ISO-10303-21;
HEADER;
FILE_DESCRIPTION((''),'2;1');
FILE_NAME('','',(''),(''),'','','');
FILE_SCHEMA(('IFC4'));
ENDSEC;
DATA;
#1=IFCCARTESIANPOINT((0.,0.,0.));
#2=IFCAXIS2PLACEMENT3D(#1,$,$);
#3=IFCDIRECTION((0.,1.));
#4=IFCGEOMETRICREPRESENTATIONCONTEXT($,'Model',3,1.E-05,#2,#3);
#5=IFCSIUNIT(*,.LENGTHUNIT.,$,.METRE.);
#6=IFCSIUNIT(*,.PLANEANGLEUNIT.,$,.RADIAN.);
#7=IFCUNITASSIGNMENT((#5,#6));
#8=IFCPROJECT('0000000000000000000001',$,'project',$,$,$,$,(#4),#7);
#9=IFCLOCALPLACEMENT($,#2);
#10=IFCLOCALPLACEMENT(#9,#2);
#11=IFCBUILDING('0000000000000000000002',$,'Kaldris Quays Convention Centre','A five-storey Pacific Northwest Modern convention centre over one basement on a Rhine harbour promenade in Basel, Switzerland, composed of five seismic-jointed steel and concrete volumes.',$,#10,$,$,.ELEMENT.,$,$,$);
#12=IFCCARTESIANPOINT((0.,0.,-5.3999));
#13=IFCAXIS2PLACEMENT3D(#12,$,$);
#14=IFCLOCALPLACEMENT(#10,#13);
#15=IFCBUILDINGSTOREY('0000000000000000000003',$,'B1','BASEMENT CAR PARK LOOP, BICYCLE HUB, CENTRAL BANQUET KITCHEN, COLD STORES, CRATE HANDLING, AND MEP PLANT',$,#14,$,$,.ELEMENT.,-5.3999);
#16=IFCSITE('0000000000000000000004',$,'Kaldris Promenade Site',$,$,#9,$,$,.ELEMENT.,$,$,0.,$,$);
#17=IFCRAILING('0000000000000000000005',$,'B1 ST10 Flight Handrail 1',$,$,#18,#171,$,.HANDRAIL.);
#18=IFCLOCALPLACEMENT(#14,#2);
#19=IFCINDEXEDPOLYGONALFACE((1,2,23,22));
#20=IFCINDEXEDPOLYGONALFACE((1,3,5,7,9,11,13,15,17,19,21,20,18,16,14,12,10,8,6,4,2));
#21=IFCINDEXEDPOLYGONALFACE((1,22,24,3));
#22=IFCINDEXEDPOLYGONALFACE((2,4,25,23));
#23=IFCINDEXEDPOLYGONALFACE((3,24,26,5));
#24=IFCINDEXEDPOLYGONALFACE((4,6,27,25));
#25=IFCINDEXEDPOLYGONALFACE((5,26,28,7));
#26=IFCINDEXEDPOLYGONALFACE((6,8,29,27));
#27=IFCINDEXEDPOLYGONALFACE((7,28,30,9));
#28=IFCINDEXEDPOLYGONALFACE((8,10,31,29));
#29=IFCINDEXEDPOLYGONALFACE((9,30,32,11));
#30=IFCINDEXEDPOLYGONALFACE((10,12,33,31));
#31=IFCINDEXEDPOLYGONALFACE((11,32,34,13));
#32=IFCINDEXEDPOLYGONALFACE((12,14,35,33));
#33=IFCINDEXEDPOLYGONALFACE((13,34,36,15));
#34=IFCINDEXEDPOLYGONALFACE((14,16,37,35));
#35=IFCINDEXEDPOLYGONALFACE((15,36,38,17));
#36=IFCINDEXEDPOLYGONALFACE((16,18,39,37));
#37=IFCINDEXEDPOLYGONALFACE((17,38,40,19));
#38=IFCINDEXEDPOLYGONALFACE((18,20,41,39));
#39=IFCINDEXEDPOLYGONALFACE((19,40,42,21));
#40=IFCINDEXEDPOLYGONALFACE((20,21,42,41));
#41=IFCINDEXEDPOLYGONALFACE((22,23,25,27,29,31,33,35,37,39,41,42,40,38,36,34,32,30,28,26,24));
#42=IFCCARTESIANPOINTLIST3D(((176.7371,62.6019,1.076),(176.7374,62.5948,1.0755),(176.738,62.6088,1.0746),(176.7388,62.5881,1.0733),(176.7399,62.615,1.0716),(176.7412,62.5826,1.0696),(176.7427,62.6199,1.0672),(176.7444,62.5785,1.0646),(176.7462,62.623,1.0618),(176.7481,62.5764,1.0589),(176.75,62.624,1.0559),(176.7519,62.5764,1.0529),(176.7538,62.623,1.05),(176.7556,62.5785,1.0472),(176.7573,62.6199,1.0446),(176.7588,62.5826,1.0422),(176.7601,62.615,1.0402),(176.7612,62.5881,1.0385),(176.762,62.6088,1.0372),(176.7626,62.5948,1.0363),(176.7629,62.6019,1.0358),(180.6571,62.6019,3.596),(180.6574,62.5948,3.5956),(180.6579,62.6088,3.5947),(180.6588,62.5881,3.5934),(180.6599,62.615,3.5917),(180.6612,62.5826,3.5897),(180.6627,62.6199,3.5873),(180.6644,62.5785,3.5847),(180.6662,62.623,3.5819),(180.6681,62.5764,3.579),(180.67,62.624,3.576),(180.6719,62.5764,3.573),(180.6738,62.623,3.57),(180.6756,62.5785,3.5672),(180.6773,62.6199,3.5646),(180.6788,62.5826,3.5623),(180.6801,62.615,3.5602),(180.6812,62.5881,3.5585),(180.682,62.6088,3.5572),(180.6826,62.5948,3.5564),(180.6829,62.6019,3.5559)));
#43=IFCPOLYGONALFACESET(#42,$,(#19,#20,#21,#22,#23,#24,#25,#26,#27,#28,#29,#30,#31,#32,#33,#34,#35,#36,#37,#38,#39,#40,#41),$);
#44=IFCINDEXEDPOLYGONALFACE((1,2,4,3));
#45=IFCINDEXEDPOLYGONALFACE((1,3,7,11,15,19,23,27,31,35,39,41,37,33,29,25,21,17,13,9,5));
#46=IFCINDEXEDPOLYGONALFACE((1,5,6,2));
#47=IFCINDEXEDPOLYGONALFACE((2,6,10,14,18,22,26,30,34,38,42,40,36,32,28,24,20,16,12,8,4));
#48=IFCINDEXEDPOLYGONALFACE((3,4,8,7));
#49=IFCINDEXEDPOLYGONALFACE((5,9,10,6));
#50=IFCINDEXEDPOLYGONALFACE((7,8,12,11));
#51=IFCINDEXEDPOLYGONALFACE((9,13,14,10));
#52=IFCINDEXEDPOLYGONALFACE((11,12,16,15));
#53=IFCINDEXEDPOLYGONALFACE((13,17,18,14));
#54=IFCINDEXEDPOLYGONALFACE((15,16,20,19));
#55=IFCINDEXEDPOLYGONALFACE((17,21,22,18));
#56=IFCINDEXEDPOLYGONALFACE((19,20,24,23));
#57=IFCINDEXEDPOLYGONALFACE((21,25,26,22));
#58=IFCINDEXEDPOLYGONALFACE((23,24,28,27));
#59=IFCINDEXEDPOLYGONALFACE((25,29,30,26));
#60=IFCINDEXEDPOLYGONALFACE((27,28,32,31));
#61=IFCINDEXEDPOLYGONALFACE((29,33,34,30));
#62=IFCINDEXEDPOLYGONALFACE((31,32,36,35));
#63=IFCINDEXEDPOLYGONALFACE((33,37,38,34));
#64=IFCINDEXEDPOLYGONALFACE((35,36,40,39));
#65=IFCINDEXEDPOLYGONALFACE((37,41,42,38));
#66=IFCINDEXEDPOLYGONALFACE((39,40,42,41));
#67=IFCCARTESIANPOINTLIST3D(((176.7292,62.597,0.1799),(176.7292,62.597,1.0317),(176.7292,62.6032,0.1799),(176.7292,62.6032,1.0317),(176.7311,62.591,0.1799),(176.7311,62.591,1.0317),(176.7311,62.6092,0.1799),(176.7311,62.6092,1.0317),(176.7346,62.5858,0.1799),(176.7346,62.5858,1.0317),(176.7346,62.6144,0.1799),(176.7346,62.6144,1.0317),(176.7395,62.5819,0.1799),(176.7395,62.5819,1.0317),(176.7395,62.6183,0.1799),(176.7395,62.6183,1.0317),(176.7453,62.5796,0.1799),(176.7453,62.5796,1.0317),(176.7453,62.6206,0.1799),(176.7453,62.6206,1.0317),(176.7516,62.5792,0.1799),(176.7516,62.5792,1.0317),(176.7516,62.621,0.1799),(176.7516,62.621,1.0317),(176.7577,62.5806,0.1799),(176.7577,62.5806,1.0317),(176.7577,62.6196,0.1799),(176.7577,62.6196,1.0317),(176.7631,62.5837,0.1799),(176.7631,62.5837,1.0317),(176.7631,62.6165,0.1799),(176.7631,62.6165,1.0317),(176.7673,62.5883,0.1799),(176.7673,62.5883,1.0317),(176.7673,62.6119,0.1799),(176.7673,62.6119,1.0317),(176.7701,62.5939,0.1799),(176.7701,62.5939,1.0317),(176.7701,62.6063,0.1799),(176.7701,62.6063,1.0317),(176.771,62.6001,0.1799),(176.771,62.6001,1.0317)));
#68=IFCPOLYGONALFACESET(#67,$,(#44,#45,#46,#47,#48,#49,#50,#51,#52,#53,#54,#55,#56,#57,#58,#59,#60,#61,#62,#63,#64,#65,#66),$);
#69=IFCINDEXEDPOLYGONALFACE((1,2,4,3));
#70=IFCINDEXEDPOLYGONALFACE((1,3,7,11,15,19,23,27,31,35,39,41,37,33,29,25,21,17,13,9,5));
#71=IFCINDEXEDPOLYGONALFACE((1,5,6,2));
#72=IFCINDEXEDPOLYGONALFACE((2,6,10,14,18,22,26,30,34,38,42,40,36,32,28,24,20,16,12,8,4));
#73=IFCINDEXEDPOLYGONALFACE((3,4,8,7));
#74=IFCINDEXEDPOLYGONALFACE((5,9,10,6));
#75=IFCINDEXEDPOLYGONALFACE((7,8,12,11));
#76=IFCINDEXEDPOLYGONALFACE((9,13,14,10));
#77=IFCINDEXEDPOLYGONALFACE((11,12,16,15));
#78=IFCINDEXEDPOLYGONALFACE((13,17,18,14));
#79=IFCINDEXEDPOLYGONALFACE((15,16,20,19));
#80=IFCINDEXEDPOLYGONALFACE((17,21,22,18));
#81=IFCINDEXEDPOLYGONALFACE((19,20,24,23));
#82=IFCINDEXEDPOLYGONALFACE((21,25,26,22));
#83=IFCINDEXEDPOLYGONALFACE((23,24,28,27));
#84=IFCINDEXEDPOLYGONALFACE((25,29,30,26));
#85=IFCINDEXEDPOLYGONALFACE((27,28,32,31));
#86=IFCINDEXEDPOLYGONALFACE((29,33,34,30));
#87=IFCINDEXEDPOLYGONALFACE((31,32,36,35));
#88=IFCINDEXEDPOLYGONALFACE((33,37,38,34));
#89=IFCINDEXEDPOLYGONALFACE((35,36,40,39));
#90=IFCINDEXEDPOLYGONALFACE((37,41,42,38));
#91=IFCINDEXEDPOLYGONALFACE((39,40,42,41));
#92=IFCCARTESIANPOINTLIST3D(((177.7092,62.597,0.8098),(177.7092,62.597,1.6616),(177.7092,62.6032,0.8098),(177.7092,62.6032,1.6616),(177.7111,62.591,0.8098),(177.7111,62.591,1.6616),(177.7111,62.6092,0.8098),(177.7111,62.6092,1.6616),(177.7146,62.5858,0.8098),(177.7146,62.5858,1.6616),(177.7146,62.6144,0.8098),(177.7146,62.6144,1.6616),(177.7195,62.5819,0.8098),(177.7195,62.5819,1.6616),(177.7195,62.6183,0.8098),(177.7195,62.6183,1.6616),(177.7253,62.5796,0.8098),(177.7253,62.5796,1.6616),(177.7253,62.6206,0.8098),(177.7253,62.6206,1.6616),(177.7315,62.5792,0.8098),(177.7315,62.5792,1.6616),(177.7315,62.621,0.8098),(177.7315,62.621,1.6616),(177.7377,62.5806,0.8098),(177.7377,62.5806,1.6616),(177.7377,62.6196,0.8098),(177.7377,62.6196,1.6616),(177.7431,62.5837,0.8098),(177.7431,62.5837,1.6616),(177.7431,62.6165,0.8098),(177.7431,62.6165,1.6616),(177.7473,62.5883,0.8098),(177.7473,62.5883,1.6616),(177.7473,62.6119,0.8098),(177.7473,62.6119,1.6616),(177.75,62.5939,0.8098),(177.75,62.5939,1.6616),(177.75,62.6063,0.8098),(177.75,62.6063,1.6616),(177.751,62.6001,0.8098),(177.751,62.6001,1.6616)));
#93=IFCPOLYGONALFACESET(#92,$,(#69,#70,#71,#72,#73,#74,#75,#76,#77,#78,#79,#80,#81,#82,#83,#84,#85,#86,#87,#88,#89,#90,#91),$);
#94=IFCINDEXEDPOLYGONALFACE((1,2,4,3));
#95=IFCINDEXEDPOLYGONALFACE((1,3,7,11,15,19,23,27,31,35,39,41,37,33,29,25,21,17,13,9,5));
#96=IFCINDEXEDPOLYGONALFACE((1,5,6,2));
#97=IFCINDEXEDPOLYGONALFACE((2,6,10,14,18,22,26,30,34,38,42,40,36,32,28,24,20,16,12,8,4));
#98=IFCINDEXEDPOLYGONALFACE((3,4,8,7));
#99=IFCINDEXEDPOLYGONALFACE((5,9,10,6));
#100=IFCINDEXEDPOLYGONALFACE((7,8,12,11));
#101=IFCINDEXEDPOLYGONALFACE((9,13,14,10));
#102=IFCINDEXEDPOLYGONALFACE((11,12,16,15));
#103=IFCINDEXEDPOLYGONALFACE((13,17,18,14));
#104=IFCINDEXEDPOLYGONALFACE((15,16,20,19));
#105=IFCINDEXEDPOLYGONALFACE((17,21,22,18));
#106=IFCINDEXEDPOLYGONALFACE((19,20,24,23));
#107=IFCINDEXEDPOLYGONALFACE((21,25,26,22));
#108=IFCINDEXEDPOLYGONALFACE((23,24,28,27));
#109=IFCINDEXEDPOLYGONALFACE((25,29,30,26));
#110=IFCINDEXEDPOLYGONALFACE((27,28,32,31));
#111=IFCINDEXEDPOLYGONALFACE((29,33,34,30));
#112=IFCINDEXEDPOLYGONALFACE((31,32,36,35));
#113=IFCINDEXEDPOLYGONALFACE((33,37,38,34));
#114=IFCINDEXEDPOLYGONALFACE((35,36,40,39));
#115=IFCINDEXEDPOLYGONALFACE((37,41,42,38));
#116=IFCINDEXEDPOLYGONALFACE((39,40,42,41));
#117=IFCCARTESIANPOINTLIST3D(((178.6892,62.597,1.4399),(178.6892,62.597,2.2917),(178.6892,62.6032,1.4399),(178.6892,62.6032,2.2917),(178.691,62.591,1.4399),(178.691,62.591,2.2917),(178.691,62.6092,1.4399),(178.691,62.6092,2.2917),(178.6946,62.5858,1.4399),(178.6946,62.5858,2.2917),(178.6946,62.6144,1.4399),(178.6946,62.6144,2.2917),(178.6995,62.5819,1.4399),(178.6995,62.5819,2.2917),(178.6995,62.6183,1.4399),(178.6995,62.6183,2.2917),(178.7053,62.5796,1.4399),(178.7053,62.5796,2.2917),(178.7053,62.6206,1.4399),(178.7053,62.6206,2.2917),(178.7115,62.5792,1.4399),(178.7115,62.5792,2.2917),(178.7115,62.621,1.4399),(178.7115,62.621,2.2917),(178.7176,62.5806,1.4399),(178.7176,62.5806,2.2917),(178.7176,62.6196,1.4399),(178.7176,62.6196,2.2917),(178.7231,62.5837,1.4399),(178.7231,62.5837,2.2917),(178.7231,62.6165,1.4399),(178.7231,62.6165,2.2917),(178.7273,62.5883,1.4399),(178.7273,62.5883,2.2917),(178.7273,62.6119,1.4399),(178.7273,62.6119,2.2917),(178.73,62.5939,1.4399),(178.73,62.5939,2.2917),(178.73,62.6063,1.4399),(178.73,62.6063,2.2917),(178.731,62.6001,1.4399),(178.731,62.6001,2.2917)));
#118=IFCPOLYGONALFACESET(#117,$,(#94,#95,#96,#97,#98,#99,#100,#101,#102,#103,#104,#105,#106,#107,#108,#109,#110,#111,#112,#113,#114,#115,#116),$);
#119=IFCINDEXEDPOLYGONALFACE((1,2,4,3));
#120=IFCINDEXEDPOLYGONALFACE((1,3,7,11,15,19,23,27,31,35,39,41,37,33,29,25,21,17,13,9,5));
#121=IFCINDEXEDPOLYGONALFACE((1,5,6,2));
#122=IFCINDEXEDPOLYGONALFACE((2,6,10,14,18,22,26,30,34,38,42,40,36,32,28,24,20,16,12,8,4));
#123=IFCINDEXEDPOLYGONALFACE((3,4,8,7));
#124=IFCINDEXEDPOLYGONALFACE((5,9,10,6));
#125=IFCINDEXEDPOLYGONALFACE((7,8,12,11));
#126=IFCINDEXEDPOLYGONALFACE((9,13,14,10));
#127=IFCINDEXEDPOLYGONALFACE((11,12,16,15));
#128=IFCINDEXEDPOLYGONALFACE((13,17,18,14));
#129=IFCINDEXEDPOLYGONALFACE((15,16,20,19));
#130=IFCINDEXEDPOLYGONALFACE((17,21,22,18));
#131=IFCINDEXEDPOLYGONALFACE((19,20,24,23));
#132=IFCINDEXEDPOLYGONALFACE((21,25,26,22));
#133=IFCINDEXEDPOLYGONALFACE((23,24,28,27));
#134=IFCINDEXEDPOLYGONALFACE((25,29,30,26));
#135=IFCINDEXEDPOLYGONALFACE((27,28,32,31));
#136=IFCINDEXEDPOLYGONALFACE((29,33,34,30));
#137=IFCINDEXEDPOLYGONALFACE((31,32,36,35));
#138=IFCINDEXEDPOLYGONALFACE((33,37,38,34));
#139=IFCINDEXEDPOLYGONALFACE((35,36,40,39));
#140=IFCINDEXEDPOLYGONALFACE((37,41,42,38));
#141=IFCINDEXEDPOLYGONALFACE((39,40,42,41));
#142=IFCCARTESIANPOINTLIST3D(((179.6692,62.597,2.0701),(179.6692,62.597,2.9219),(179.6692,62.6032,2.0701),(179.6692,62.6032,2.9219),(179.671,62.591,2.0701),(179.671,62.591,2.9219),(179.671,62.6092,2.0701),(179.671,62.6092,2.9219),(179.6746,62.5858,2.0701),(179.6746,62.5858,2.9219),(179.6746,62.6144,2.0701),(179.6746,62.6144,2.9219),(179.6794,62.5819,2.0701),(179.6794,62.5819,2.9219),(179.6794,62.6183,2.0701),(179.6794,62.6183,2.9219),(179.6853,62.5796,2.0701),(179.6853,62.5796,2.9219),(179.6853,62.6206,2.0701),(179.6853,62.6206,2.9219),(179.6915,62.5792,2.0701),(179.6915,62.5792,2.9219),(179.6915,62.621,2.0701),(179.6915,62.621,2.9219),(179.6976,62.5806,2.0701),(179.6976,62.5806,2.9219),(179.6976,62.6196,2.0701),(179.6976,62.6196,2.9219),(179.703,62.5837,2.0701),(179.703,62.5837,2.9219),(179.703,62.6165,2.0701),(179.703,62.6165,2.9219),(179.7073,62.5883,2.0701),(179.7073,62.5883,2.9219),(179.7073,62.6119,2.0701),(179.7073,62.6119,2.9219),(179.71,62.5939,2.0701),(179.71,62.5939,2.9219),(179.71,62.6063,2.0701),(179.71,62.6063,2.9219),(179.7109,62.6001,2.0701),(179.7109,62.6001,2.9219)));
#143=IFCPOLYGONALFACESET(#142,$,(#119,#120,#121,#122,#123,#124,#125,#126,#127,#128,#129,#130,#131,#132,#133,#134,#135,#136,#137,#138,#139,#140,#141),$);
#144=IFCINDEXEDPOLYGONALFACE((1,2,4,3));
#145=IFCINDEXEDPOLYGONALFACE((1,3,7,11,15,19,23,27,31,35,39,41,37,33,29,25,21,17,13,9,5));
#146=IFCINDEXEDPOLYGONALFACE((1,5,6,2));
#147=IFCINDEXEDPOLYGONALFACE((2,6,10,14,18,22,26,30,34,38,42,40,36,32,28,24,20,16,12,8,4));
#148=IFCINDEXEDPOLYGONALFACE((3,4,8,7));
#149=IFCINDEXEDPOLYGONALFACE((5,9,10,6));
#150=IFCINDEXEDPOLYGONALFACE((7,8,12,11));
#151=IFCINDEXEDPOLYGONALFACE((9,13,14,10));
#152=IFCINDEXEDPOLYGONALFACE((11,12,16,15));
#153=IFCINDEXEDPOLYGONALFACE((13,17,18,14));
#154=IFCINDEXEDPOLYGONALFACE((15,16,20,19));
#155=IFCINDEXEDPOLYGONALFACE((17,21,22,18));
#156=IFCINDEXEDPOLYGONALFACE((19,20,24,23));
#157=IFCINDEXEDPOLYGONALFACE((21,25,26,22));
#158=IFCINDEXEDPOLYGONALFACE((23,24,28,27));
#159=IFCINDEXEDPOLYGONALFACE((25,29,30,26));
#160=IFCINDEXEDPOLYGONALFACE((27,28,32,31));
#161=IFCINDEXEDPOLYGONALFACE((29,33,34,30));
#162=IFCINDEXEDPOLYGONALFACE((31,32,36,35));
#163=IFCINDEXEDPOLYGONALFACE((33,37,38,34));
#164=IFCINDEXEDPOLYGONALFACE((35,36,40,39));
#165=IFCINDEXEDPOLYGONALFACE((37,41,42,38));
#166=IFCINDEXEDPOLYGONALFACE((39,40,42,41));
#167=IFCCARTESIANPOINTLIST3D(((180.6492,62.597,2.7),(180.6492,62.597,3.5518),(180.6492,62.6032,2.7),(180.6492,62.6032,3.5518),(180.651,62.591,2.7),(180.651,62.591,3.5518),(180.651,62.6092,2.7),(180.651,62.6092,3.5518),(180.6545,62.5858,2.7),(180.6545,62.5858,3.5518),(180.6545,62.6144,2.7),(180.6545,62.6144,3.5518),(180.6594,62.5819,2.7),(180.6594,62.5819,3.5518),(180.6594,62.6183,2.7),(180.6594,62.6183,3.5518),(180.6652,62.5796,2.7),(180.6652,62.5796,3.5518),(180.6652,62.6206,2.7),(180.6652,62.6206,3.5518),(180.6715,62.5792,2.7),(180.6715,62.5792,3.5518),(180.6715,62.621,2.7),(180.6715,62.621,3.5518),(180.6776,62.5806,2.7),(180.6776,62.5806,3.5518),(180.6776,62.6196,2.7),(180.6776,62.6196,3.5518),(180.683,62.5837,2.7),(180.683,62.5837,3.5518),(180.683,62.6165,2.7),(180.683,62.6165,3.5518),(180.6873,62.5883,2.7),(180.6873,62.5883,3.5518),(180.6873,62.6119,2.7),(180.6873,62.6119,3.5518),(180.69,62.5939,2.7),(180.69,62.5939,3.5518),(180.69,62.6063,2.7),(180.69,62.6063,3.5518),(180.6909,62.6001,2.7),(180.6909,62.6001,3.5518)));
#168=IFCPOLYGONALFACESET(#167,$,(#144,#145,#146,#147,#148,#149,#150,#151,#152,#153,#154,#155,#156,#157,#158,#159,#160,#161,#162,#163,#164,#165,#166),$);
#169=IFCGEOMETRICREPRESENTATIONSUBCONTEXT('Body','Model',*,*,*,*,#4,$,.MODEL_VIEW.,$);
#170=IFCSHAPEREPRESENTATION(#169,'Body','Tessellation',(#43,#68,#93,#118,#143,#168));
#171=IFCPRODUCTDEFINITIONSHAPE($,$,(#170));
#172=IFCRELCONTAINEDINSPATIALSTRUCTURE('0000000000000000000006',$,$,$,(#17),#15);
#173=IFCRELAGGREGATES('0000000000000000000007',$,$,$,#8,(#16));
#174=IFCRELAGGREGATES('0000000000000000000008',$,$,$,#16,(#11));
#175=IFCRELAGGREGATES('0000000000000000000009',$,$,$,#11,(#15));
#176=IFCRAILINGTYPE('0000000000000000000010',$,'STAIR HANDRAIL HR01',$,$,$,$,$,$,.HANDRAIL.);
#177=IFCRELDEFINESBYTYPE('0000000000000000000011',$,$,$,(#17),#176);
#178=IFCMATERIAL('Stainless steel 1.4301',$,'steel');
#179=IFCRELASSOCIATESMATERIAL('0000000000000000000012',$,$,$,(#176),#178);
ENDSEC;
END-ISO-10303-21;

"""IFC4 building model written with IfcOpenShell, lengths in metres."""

from ifc_helpers import new_model, si_unit, direction, frame, origin, origin_2d, place, context, subcontext, project, spatial, circle, extrude, material, type_object, element, save


model = new_model("IFC4")

# Units and contexts
model_context = context("Model", 3, precision=1e-05, world=origin(), true_north=direction((0.0, 1.0)))
body_context = subcontext(model_context, "Body", "Model", "MODEL_VIEW")
ifc_project = project(units=[si_unit("LENGTHUNIT", "METRE"), si_unit("PLANEANGLEUNIT", "RADIAN")], contexts=[model_context])

# Site, building, storey
site_placement = place(None, origin())
site = spatial("IfcSite", under=ifc_project, at=site_placement, Name="Kaldris Promenade Site", CompositionType="ELEMENT", RefElevation=0.0)
building_placement = place(site_placement, origin())
building = spatial("IfcBuilding", under=site, at=building_placement, Name="Kaldris Quays Convention Centre", Description="A five-storey Pacific Northwest Modern convention centre over one basement on a Rhine harbour promenade in Basel, Switzerland, composed of five seismic-jointed steel and concrete volumes.", CompositionType="ELEMENT")
storey_placement = place(building_placement, frame((0.0, 0.0, -5.3999)))
storey = spatial("IfcBuildingStorey", under=building, at=storey_placement, Name="B1", Description="BASEMENT CAR PARK LOOP, BICYCLE HUB, CENTRAL BANQUET KITCHEN, COLD STORES, CRATE HANDLING, AND MEP PLANT", CompositionType="ELEMENT", Elevation=-5.3999)

# Railing
ifc_material_1 = material(Name="Stainless steel 1.4301", Category="steel")
railing_type_1 = type_object("IfcRailingType", Name="STAIR HANDRAIL HR01", PredefinedType="HANDRAIL", material=ifc_material_1)
railing_1_placement = place(storey_placement, frame((176.75, 62.6001, 0.1799)))
element("IfcRailing", 1, at=railing_1_placement, inside=storey, type_object=railing_type_1, Name="B1 ST10 Flight Handrail 1", PredefinedType="HANDRAIL", context=body_context, shape_type="SweptSolid", body=[
    extrude(circle(Radius=0.0239, at=origin_2d()), frame((0.0, 0.0, 0.876), z_axis=(0.841172, 0.0, 0.540768), x_axis=(0.0, 1.0, 0.0)), (0.0, 0.0, 1.0), 4.6602),
    extrude(circle(Radius=0.021, at=origin_2d()), origin(), (0.0, 0.0, 1.0), 0.8518),
    extrude(circle(Radius=0.021, at=origin_2d()), frame((0.98, 0.0, 0.6299)), (0.0, 0.0, 1.0), 0.8518),
    extrude(circle(Radius=0.021, at=origin_2d()), frame((1.96, 0.0, 1.26)), (0.0, 0.0, 1.0), 0.8518),
    extrude(circle(Radius=0.021, at=origin_2d()), frame((2.9399, 0.0, 1.8901)), (0.0, 0.0, 1.0), 0.8518),
    extrude(circle(Radius=0.021, at=origin_2d()), frame((3.9199, 0.0, 2.52)), (0.0, 0.0, 1.0), 0.8518),
])

save(model, "model.ifc")
